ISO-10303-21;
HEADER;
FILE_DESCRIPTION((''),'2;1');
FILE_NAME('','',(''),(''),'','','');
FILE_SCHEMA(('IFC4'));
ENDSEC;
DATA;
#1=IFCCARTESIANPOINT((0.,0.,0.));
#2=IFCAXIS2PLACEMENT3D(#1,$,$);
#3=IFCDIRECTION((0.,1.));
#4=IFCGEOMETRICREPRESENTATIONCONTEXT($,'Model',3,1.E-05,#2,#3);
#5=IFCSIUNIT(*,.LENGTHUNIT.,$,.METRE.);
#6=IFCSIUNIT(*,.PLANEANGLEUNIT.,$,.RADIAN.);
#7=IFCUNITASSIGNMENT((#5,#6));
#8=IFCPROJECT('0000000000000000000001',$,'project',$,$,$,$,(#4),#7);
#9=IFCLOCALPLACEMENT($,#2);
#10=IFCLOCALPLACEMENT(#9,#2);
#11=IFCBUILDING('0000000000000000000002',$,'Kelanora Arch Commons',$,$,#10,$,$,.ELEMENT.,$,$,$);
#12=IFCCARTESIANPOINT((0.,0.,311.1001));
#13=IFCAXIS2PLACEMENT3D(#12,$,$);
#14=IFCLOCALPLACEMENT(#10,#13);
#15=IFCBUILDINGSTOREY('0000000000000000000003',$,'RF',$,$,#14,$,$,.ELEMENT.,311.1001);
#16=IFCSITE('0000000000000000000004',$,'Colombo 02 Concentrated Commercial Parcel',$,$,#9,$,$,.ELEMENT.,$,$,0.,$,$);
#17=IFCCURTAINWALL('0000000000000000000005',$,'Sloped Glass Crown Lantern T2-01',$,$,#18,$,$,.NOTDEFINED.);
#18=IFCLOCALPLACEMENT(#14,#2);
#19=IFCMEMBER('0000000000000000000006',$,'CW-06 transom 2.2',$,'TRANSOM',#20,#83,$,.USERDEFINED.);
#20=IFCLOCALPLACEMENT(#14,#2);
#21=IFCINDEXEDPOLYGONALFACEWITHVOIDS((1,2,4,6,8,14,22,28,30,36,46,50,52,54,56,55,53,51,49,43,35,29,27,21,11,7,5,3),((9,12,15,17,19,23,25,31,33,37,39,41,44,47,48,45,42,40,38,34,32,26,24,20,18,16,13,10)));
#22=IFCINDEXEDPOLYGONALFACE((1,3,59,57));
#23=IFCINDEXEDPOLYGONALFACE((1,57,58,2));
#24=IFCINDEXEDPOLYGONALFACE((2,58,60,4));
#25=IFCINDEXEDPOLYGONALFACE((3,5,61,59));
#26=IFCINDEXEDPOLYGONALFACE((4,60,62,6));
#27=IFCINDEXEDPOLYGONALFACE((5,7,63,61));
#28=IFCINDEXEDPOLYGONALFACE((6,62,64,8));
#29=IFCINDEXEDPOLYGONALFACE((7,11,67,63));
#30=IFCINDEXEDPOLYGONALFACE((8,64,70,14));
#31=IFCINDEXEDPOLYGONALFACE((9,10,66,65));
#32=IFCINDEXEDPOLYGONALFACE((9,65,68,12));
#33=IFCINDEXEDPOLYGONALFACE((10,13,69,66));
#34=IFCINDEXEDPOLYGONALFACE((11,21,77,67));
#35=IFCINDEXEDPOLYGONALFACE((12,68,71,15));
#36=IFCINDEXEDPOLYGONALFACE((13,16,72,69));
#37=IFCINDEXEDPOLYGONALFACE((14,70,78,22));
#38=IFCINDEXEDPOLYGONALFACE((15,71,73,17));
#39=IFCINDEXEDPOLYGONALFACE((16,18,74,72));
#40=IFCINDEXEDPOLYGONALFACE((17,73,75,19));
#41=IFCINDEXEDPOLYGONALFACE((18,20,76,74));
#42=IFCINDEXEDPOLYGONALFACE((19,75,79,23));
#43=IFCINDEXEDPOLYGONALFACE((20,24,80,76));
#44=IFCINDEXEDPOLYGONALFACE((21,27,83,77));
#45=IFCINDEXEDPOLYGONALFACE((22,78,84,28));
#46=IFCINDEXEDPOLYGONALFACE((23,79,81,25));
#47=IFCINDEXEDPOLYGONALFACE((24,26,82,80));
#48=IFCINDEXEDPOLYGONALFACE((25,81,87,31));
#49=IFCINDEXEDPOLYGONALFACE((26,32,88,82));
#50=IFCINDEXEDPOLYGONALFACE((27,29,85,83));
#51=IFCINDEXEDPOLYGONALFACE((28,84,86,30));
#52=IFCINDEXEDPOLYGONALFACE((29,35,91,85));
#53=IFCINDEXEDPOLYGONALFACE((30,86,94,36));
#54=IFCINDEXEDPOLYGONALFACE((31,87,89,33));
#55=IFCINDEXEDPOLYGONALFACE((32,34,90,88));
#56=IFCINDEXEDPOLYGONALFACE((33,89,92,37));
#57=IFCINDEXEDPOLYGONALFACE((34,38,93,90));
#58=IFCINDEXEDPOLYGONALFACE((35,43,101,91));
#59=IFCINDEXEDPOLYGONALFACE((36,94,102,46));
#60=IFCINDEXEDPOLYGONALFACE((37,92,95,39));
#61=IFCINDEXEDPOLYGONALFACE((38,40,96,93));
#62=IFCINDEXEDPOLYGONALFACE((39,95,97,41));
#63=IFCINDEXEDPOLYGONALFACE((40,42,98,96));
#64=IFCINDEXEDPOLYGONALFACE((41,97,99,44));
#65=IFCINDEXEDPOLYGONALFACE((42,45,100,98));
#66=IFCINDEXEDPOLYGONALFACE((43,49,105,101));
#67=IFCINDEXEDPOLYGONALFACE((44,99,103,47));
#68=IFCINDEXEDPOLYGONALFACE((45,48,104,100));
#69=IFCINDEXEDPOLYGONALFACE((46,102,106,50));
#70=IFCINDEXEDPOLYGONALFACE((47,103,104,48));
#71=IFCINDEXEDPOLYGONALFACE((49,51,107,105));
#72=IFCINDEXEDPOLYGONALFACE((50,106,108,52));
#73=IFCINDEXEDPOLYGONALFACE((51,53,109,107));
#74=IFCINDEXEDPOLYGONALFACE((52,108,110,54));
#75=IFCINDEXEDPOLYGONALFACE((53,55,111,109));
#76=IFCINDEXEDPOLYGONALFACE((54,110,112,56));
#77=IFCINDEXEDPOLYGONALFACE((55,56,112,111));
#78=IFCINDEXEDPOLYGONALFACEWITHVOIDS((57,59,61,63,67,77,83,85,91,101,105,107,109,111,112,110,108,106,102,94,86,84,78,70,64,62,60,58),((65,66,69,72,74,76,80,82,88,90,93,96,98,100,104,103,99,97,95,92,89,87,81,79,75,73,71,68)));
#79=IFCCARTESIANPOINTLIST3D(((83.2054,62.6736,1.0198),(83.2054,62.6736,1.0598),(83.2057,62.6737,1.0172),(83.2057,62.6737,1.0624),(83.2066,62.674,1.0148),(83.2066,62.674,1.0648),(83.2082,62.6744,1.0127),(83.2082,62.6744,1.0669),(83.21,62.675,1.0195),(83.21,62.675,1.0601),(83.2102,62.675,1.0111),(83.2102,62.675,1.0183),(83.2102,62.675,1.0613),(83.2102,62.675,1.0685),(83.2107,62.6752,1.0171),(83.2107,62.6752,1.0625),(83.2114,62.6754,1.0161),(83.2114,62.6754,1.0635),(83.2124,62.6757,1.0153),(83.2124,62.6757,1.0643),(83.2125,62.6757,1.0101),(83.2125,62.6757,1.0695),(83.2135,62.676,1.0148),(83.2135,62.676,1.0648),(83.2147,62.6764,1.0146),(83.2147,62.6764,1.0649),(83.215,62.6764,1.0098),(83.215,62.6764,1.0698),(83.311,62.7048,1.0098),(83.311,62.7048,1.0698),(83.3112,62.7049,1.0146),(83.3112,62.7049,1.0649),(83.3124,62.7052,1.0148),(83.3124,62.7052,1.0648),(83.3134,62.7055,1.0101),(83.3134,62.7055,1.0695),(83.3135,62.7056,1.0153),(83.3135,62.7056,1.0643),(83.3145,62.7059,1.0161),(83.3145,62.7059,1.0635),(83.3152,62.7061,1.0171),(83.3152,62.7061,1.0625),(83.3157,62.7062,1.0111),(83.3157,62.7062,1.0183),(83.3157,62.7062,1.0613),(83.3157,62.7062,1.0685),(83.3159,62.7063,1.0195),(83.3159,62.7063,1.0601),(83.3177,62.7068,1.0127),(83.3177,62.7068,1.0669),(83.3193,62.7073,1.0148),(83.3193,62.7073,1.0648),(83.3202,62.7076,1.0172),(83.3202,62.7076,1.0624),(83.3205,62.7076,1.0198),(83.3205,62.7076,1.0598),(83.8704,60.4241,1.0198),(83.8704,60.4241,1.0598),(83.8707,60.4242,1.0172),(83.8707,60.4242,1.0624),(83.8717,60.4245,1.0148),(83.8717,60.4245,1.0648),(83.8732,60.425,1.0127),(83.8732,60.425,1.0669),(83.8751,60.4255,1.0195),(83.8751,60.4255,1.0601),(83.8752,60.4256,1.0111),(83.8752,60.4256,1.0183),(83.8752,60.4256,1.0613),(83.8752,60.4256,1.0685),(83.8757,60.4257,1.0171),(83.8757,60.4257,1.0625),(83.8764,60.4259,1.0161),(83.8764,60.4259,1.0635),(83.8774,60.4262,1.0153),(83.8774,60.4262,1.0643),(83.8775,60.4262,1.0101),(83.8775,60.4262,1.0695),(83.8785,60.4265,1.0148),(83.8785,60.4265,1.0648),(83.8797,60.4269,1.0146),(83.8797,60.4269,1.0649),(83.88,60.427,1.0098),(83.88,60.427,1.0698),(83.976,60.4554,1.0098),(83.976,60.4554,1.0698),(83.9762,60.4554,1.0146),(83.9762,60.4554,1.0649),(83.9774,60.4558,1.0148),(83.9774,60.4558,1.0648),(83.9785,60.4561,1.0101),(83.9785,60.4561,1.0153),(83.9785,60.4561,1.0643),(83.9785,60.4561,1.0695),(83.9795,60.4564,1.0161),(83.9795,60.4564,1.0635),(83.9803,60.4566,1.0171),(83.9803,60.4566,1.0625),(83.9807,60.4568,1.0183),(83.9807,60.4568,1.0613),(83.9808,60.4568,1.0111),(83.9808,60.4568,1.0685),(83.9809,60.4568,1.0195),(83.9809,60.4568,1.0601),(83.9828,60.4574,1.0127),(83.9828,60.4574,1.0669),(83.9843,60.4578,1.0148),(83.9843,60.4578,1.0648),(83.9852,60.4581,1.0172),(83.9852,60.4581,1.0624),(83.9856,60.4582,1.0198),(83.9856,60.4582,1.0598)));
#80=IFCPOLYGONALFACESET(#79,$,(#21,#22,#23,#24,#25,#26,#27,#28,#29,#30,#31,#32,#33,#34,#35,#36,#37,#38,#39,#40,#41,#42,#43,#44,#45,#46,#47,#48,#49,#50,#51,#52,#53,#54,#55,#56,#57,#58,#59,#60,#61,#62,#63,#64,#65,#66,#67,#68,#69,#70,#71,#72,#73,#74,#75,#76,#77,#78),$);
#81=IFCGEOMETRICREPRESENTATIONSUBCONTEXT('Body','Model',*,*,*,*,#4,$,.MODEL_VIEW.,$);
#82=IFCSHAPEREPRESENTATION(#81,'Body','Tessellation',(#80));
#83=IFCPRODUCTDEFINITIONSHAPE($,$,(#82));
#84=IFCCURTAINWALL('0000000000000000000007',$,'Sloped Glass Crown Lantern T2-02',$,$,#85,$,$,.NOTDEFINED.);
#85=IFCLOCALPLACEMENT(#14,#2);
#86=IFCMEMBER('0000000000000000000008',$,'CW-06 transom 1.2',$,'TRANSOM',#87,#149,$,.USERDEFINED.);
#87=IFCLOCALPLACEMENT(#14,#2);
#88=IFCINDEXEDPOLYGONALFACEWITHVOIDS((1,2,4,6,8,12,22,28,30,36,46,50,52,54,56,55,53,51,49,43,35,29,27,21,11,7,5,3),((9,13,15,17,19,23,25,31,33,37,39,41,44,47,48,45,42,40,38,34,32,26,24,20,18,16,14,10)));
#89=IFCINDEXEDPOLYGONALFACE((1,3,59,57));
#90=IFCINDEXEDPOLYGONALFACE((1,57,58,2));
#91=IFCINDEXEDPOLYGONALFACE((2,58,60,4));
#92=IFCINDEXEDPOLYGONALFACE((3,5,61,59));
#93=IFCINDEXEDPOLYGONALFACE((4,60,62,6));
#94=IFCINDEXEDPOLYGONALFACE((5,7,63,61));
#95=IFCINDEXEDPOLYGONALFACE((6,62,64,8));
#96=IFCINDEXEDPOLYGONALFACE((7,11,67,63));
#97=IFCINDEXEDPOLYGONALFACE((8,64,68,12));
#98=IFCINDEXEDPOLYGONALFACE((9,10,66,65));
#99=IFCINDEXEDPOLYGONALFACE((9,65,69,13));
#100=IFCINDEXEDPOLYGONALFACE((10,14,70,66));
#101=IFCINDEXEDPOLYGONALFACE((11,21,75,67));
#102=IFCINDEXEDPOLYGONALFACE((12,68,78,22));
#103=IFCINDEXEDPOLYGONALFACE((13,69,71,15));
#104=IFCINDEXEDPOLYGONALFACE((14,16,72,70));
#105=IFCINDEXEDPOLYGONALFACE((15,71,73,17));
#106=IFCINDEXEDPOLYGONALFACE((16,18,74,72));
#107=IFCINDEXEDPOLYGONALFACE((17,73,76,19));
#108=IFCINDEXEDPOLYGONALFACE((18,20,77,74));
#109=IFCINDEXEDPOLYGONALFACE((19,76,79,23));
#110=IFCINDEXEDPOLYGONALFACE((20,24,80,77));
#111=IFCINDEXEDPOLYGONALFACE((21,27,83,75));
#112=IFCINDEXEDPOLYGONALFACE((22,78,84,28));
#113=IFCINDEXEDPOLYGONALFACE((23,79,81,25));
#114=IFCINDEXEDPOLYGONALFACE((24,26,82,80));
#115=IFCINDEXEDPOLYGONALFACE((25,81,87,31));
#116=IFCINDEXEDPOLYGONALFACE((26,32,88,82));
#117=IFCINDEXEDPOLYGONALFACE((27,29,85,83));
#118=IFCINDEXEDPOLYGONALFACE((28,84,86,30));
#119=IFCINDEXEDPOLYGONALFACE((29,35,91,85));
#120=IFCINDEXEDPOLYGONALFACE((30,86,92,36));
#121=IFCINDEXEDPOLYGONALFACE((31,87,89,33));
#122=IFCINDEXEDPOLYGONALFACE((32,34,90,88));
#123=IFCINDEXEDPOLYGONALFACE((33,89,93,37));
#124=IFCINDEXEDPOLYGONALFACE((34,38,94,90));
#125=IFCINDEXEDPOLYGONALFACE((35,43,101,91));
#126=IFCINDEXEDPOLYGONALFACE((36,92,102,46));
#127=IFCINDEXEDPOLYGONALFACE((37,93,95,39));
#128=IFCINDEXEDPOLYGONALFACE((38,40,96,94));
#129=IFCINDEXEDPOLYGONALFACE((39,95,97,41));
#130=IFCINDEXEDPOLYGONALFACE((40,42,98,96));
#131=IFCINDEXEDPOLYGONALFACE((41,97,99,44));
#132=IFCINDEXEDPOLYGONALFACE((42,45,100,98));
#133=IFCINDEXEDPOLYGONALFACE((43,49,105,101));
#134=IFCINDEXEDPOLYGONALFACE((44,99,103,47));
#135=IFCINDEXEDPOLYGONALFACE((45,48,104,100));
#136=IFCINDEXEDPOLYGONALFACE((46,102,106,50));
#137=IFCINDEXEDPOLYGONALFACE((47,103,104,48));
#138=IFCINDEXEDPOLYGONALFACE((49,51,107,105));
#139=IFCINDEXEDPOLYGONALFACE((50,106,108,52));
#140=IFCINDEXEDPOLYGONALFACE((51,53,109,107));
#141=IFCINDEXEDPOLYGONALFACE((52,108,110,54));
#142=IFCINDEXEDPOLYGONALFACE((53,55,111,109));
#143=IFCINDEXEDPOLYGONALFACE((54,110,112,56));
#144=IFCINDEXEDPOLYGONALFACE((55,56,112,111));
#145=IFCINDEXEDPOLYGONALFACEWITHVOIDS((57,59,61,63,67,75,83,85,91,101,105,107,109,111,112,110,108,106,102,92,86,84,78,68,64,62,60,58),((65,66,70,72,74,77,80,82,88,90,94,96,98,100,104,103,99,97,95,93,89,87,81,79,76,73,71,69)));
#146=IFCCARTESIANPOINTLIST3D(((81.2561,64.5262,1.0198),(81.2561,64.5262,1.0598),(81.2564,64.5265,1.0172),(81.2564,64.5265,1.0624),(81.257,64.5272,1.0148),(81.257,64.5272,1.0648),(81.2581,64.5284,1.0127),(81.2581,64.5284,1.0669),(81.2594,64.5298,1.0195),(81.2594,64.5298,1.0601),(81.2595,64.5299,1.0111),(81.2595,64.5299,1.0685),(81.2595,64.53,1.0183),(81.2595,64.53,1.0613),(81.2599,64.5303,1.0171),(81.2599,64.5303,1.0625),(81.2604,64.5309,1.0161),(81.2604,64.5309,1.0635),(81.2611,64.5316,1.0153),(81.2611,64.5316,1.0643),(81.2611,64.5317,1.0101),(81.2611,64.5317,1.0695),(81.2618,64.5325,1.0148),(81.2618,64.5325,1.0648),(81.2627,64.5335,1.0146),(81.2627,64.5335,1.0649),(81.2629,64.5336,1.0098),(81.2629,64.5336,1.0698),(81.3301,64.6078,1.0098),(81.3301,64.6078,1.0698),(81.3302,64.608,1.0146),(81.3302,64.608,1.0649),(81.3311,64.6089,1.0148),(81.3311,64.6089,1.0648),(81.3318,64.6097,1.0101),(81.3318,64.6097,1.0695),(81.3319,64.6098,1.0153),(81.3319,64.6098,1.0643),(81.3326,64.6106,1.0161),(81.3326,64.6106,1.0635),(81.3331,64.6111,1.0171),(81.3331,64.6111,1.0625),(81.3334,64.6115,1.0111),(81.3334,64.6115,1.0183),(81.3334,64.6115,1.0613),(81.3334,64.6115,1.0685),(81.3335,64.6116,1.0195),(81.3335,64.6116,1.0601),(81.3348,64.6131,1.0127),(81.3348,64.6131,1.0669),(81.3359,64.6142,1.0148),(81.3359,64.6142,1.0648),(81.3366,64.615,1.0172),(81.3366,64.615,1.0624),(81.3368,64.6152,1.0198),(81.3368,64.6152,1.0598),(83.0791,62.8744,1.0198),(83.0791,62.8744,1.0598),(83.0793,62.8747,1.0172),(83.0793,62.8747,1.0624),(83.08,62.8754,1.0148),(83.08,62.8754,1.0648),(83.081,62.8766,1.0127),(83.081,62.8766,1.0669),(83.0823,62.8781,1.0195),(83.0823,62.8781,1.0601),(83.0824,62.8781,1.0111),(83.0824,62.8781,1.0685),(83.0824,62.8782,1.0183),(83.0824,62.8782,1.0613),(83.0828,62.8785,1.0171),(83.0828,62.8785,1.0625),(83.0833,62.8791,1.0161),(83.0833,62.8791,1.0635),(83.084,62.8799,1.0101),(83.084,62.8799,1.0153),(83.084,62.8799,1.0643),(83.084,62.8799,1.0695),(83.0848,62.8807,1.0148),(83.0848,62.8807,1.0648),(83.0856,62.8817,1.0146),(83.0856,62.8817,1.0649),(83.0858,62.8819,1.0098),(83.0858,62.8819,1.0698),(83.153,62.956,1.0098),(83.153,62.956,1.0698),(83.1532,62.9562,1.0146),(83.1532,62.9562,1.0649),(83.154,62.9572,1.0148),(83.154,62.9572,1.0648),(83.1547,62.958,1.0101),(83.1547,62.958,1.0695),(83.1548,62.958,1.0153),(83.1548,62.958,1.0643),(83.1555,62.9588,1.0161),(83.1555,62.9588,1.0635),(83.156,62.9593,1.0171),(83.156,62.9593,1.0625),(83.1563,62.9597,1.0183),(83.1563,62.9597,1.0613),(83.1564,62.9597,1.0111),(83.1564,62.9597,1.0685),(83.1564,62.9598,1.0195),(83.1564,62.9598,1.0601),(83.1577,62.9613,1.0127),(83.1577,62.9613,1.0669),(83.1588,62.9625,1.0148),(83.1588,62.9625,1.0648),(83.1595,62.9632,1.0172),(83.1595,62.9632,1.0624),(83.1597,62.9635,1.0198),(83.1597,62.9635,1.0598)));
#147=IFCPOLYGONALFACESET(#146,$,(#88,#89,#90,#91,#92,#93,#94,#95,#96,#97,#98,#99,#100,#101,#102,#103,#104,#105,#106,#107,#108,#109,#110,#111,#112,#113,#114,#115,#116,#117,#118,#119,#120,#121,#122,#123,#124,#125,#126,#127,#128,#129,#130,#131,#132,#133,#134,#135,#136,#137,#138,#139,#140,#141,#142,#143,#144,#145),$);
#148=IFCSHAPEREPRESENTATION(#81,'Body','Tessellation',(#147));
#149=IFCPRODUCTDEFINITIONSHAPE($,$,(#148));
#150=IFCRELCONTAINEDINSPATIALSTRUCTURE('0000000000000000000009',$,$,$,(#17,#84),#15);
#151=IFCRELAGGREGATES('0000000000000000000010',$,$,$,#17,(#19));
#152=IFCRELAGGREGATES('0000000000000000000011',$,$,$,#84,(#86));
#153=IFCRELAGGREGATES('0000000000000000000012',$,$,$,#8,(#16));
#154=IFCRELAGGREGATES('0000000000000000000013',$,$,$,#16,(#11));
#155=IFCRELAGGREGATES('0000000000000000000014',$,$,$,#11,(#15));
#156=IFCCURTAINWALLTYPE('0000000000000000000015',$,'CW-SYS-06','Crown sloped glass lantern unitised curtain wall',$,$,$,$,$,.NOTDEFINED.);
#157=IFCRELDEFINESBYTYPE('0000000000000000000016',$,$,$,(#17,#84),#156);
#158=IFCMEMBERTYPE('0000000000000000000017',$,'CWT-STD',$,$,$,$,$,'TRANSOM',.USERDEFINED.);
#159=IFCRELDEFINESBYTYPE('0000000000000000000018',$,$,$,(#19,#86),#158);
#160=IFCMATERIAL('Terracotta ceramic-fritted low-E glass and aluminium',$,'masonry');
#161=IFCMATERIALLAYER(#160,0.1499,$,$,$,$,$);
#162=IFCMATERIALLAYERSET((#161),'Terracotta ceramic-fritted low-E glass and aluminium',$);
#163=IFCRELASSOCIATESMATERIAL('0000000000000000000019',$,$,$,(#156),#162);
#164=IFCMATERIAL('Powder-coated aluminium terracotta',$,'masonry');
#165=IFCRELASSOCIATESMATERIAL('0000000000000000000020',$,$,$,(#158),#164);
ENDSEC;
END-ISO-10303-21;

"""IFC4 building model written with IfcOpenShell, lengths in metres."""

from ifc_helpers import new_model, si_unit, direction, frame, origin, origin_2d, place, context, subcontext, project, spatial, hollow_rectangle, extrude, material, layer, layer_set, material_profile, profile_set, type_object, element, aggregate, save


model = new_model("IFC4")

# Units and contexts
model_context = context("Model", 3, precision=1e-05, world=origin(), true_north=direction((0.0, 1.0)))
body_context = subcontext(model_context, "Body", "Model", "MODEL_VIEW")
ifc_project = project(units=[si_unit("LENGTHUNIT", "METRE"), si_unit("PLANEANGLEUNIT", "RADIAN")], contexts=[model_context])

# Site, building, storey
site_placement = place(None, origin())
site = spatial("IfcSite", under=ifc_project, at=site_placement, Name="Colombo 02 Concentrated Commercial Parcel", CompositionType="ELEMENT", RefElevation=0.0)
building_placement = place(site_placement, origin())
building = spatial("IfcBuilding", under=site, at=building_placement, Name="Kelanora Arch Commons", CompositionType="ELEMENT")
storey_placement = place(building_placement, frame((0.0, 0.0, 311.1001)))
storey = spatial("IfcBuildingStorey", under=building, at=storey_placement, Name="RF", CompositionType="ELEMENT", Elevation=311.1001)

# Shared definitions
ifc_material_1 = material(Name="Terracotta ceramic-fritted low-E glass and aluminium", Category="masonry")
ifc_layer_1 = layer(ifc_material_1, 0.1499)
ifc_layer_set_1 = layer_set([ifc_layer_1], Name="Terracotta ceramic-fritted low-E glass and aluminium")
curtain_wall_type = type_object("IfcCurtainWallType", Name="CW-SYS-06", Description="Crown sloped glass lantern unitised curtain wall", PredefinedType="NOTDEFINED", material=ifc_layer_set_1)
ifc_material_2 = material(Name="Powder-coated aluminium terracotta", Category="masonry")
ifc_material_profile_1 = material_profile(ifc_material_2, hollow_rectangle(XDim=0.1201, YDim=0.0601, WallThickness=0.0049, InnerFilletRadius=0.0049, OuterFilletRadius=0.01, at=origin_2d()), Name="CWT120x60")
ifc_profile_set_1 = profile_set([ifc_material_profile_1], Name="Powder-coated aluminium terracotta")
member_type_1 = type_object("IfcMemberType", Name="CWT-STD", ElementType="TRANSOM", PredefinedType="USERDEFINED", material=ifc_profile_set_1)

# Curtain walls, members
curtain_wall_1_placement = place(storey_placement, origin())
curtain_wall_1 = element("IfcCurtainWall", 1, at=curtain_wall_1_placement, inside=storey, type_object=curtain_wall_type, Name="Sloped Glass Crown Lantern T2-01", PredefinedType="NOTDEFINED")
member_1_placement = place(storey_placement, frame((83.928, 60.4412, 1.0398), z_axis=(-0.283507, 0.95897, 0.0), x_axis=(-0.95897, -0.283507, 0.0)))
member_1 = element("IfcMember", 2, at=member_1_placement, type_object=member_type_1, Name="CW-06 transom 2.2", ObjectType="TRANSOM", PredefinedType="USERDEFINED", context=body_context, shape_type="SweptSolid", body=[
    extrude(hollow_rectangle(XDim=0.1201, YDim=0.0601, WallThickness=0.0049, InnerFilletRadius=0.0049, OuterFilletRadius=0.01, at=origin_2d()), origin(), (0.0, 0.0, 1.0), 2.3457),
])
curtain_wall_2_placement = place(storey_placement, origin())
curtain_wall_2 = element("IfcCurtainWall", 3, at=curtain_wall_2_placement, inside=storey, type_object=curtain_wall_type, Name="Sloped Glass Crown Lantern T2-02", PredefinedType="NOTDEFINED")
member_2_placement = place(storey_placement, frame((83.1194, 62.9189, 1.0398), z_axis=(-0.741035, 0.671467, 0.0), x_axis=(-0.671467, -0.741035, 0.0)))
member_2 = element("IfcMember", 4, at=member_2_placement, type_object=member_type_1, Name="CW-06 transom 1.2", ObjectType="TRANSOM", PredefinedType="USERDEFINED", context=body_context, shape_type="SweptSolid", body=[
    extrude(hollow_rectangle(XDim=0.1201, YDim=0.0601, WallThickness=0.0049, InnerFilletRadius=0.0049, OuterFilletRadius=0.01, at=origin_2d()), origin(), (0.0, 0.0, 1.0), 2.46),
])

aggregate(curtain_wall_1, [member_1])
aggregate(curtain_wall_2, [member_2])

save(model, "model.ifc")
